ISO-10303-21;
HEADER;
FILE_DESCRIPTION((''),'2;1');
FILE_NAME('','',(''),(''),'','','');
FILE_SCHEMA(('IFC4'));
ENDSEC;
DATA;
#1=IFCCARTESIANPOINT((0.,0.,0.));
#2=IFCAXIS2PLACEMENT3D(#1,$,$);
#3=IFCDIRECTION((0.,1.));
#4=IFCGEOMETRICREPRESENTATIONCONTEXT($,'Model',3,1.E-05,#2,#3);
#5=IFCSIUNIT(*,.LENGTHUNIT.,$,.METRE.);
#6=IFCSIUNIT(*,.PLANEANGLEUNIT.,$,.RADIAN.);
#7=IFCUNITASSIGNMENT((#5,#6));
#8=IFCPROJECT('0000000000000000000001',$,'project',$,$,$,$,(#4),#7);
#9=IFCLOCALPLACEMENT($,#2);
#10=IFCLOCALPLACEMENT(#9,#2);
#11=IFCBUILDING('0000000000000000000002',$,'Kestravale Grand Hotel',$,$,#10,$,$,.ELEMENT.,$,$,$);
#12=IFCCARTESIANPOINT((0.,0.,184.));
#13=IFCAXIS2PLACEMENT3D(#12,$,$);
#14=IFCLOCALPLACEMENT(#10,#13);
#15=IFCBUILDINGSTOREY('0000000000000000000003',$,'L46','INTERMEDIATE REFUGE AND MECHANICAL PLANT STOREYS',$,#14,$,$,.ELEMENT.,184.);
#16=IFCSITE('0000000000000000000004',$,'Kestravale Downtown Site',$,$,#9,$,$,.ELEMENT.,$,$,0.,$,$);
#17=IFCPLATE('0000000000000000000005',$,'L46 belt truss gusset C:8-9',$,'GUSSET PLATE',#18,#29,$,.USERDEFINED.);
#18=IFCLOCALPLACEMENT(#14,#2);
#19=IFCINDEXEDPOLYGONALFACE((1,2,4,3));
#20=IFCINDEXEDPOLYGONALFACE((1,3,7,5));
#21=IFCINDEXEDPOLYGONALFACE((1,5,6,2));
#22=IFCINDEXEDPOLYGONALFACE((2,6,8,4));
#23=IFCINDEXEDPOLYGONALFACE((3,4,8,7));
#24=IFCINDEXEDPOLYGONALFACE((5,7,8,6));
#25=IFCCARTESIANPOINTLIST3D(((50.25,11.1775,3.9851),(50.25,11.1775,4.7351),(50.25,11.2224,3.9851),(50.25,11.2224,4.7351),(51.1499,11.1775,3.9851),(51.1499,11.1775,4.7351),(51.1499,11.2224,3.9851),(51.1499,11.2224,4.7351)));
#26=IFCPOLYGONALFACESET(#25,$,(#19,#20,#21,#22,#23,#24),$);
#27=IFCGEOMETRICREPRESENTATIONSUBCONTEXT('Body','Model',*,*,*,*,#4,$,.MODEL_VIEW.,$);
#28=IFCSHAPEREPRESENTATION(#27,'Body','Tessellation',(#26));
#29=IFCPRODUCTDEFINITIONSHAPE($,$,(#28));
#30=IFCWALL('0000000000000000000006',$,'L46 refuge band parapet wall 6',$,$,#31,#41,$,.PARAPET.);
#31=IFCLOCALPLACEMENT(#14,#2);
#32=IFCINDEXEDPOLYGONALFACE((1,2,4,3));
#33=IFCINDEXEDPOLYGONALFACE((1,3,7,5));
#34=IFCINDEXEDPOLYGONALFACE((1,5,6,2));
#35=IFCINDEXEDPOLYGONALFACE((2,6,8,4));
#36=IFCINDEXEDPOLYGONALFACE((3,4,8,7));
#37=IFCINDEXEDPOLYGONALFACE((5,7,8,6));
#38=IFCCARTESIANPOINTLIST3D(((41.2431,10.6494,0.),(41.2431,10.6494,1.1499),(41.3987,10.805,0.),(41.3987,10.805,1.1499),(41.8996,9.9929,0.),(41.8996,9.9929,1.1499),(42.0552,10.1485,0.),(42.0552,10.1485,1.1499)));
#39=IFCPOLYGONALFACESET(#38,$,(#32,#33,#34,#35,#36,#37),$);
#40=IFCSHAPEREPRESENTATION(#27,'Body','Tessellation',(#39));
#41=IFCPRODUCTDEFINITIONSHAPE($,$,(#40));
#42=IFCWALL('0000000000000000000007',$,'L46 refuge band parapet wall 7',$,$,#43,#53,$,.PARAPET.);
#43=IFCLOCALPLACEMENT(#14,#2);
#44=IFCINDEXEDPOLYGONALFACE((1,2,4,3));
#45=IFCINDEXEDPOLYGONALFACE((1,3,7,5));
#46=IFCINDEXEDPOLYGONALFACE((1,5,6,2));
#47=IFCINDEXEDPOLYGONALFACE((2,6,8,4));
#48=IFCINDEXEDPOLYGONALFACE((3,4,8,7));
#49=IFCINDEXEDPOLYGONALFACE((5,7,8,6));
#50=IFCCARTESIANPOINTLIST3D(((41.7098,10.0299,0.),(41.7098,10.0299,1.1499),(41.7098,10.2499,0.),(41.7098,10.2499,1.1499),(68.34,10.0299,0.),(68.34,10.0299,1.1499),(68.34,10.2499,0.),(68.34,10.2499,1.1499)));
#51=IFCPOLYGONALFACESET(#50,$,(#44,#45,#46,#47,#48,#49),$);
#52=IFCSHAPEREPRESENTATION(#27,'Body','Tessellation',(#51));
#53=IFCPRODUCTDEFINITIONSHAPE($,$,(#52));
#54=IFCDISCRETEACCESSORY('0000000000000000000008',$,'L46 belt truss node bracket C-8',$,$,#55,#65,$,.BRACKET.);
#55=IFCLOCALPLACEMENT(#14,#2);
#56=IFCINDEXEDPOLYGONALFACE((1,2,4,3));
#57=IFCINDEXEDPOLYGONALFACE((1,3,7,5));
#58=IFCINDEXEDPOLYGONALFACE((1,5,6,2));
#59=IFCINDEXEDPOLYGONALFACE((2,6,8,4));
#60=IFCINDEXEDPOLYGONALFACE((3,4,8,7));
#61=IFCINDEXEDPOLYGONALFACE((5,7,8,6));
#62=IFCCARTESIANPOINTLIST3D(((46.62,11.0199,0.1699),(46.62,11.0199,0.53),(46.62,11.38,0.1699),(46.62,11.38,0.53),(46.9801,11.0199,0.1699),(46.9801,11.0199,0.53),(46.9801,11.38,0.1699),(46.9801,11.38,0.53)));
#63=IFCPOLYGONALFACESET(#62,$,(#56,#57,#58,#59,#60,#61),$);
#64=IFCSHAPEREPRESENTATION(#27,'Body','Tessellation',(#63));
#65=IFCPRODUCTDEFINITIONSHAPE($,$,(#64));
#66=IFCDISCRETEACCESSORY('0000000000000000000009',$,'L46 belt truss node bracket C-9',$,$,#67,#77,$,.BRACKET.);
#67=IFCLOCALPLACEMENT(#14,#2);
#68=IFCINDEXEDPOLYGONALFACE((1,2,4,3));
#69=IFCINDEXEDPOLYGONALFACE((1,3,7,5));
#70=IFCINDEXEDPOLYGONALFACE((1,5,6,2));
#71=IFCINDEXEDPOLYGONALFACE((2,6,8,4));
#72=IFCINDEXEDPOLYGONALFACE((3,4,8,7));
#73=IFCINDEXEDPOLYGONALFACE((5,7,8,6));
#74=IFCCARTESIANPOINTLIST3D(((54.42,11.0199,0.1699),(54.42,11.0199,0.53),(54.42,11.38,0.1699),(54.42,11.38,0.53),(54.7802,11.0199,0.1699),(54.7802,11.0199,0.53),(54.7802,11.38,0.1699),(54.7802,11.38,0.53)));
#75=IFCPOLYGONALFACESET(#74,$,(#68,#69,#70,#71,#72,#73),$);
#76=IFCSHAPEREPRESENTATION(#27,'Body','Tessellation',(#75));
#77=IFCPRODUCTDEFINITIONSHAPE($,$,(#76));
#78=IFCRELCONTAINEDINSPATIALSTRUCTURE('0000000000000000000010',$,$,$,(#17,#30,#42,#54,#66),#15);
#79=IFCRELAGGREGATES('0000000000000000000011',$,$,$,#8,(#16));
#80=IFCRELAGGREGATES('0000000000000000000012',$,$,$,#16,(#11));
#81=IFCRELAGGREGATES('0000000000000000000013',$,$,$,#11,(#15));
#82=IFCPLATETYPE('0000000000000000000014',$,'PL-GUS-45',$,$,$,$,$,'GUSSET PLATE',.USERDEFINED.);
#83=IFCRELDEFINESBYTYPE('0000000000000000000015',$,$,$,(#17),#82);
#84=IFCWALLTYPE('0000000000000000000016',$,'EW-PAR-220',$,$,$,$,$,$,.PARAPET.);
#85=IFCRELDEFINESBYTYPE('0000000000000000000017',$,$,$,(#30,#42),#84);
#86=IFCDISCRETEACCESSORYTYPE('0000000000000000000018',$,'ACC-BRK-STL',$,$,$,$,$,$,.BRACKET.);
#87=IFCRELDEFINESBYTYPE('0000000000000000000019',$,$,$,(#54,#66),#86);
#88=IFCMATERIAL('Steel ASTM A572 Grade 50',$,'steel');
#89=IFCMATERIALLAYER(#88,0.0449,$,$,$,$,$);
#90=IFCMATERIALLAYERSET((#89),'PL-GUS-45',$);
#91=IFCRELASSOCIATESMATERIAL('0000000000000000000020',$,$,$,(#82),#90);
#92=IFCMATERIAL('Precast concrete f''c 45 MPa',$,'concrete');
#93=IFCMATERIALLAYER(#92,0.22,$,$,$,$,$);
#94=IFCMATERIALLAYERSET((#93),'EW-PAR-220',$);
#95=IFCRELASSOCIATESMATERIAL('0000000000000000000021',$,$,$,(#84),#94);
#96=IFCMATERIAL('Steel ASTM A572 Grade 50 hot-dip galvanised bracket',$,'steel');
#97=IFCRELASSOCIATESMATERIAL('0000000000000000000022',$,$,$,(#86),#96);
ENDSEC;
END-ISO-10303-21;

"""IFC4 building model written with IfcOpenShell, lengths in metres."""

from ifc_helpers import new_model, si_unit, direction, frame, frame_2d, origin, origin_2d, place, context, subcontext, project, spatial, rectangle, extrude, material, layer, layer_set, type_object, element, save


model = new_model("IFC4")

# Units and contexts
model_context = context("Model", 3, precision=1e-05, world=origin(), true_north=direction((0.0, 1.0)))
body_context = subcontext(model_context, "Body", "Model", "MODEL_VIEW")
ifc_project = project(units=[si_unit("LENGTHUNIT", "METRE"), si_unit("PLANEANGLEUNIT", "RADIAN")], contexts=[model_context])

# Site, building, storey
site_placement = place(None, origin())
site = spatial("IfcSite", under=ifc_project, at=site_placement, Name="Kestravale Downtown Site", CompositionType="ELEMENT", RefElevation=0.0)
building_placement = place(site_placement, origin())
building = spatial("IfcBuilding", under=site, at=building_placement, Name="Kestravale Grand Hotel", CompositionType="ELEMENT")
storey_placement = place(building_placement, frame((0.0, 0.0, 184.0)))
storey = spatial("IfcBuildingStorey", under=building, at=storey_placement, Name="L46", Description="INTERMEDIATE REFUGE AND MECHANICAL PLANT STOREYS", CompositionType="ELEMENT", Elevation=184.0)

# Plate
ifc_material_1 = material(Name="Steel ASTM A572 Grade 50", Category="steel")
ifc_layer_1 = layer(ifc_material_1, 0.0449)
ifc_layer_set_1 = layer_set([ifc_layer_1], Name="PL-GUS-45")
plate_type = type_object("IfcPlateType", Name="PL-GUS-45", ElementType="GUSSET PLATE", PredefinedType="USERDEFINED", material=ifc_layer_set_1)
plate_placement = place(storey_placement, frame((50.7, 11.2, 3.9851), z_axis=(0.0, 0.0, 1.0), x_axis=(1.0, 0.0, 0.0)))
element("IfcPlate", 1, at=plate_placement, inside=storey, type_object=plate_type, Name="L46 belt truss gusset C:8-9", ObjectType="GUSSET PLATE", PredefinedType="USERDEFINED", context=body_context, shape_type="SweptSolid", body=[
    extrude(rectangle(XDim=0.8999, YDim=0.0449, at=origin_2d()), origin(), (0.0, 0.0, 1.0), 0.75),
])

# Walls
ifc_material_2 = material(Name="Precast concrete f'c 45 MPa", Category="concrete")
ifc_layer_2 = layer(ifc_material_2, 0.22)
ifc_layer_set_2 = layer_set([ifc_layer_2], Name="EW-PAR-220")
wall_type = type_object("IfcWallType", Name="EW-PAR-220", PredefinedType="PARAPET", material=ifc_layer_set_2)
wall_1_placement = place(storey_placement, frame((41.3208, 10.7273, 0.0), z_axis=(0.0, 0.0, 1.0), x_axis=(0.707107, -0.707107, 0.0)))
element("IfcWall", 2, at=wall_1_placement, inside=storey, type_object=wall_type, Name="L46 refuge band parapet wall 6", PredefinedType="PARAPET", context=body_context, shape_type="SweptSolid", body=[
    extrude(rectangle(XDim=0.9285, YDim=0.22, at=frame_2d((0.4644, 0.0))), origin(), (0.0, 0.0, 1.0), 1.1499),
])
wall_2_placement = place(storey_placement, frame((41.71, 10.1399, 0.0), z_axis=(0.0, 0.0, 1.0), x_axis=(1.0, 0.0, 0.0)))
element("IfcWall", 3, at=wall_2_placement, inside=storey, type_object=wall_type, Name="L46 refuge band parapet wall 7", PredefinedType="PARAPET", context=body_context, shape_type="SweptSolid", body=[
    extrude(rectangle(XDim=26.6301, YDim=0.22, at=frame_2d((13.3149, 0.0))), origin(), (0.0, 0.0, 1.0), 1.1499),
])

# Discrete accessories
ifc_material_3 = material(Name="Steel ASTM A572 Grade 50 hot-dip galvanised bracket", Category="steel")
discrete_accessory_type = type_object("IfcDiscreteAccessoryType", Name="ACC-BRK-STL", PredefinedType="BRACKET", material=ifc_material_3)
for number, where, z_axis, x_axis, name in (
    (4, (46.8, 11.2, 0.1699), (0.0, 0.0, 1.0), (1.0, 0.0, 0.0), "L46 belt truss node bracket C-8"),
    (5, (54.6001, 11.2, 0.1699), (0.0, 0.0, 1.0), (1.0, 0.0, 0.0), "L46 belt truss node bracket C-9"),
):
    element("IfcDiscreteAccessory", number, at=place(storey_placement, frame(where, z_axis=z_axis, x_axis=x_axis)), inside=storey, type_object=discrete_accessory_type, Name=name, PredefinedType="BRACKET", context=body_context, shape_type="SweptSolid", body=[
        extrude(rectangle(XDim=0.3601, YDim=0.3601, at=origin_2d()), origin(), (0.0, 0.0, 1.0), 0.3601),
    ])

save(model, "model.ifc")
